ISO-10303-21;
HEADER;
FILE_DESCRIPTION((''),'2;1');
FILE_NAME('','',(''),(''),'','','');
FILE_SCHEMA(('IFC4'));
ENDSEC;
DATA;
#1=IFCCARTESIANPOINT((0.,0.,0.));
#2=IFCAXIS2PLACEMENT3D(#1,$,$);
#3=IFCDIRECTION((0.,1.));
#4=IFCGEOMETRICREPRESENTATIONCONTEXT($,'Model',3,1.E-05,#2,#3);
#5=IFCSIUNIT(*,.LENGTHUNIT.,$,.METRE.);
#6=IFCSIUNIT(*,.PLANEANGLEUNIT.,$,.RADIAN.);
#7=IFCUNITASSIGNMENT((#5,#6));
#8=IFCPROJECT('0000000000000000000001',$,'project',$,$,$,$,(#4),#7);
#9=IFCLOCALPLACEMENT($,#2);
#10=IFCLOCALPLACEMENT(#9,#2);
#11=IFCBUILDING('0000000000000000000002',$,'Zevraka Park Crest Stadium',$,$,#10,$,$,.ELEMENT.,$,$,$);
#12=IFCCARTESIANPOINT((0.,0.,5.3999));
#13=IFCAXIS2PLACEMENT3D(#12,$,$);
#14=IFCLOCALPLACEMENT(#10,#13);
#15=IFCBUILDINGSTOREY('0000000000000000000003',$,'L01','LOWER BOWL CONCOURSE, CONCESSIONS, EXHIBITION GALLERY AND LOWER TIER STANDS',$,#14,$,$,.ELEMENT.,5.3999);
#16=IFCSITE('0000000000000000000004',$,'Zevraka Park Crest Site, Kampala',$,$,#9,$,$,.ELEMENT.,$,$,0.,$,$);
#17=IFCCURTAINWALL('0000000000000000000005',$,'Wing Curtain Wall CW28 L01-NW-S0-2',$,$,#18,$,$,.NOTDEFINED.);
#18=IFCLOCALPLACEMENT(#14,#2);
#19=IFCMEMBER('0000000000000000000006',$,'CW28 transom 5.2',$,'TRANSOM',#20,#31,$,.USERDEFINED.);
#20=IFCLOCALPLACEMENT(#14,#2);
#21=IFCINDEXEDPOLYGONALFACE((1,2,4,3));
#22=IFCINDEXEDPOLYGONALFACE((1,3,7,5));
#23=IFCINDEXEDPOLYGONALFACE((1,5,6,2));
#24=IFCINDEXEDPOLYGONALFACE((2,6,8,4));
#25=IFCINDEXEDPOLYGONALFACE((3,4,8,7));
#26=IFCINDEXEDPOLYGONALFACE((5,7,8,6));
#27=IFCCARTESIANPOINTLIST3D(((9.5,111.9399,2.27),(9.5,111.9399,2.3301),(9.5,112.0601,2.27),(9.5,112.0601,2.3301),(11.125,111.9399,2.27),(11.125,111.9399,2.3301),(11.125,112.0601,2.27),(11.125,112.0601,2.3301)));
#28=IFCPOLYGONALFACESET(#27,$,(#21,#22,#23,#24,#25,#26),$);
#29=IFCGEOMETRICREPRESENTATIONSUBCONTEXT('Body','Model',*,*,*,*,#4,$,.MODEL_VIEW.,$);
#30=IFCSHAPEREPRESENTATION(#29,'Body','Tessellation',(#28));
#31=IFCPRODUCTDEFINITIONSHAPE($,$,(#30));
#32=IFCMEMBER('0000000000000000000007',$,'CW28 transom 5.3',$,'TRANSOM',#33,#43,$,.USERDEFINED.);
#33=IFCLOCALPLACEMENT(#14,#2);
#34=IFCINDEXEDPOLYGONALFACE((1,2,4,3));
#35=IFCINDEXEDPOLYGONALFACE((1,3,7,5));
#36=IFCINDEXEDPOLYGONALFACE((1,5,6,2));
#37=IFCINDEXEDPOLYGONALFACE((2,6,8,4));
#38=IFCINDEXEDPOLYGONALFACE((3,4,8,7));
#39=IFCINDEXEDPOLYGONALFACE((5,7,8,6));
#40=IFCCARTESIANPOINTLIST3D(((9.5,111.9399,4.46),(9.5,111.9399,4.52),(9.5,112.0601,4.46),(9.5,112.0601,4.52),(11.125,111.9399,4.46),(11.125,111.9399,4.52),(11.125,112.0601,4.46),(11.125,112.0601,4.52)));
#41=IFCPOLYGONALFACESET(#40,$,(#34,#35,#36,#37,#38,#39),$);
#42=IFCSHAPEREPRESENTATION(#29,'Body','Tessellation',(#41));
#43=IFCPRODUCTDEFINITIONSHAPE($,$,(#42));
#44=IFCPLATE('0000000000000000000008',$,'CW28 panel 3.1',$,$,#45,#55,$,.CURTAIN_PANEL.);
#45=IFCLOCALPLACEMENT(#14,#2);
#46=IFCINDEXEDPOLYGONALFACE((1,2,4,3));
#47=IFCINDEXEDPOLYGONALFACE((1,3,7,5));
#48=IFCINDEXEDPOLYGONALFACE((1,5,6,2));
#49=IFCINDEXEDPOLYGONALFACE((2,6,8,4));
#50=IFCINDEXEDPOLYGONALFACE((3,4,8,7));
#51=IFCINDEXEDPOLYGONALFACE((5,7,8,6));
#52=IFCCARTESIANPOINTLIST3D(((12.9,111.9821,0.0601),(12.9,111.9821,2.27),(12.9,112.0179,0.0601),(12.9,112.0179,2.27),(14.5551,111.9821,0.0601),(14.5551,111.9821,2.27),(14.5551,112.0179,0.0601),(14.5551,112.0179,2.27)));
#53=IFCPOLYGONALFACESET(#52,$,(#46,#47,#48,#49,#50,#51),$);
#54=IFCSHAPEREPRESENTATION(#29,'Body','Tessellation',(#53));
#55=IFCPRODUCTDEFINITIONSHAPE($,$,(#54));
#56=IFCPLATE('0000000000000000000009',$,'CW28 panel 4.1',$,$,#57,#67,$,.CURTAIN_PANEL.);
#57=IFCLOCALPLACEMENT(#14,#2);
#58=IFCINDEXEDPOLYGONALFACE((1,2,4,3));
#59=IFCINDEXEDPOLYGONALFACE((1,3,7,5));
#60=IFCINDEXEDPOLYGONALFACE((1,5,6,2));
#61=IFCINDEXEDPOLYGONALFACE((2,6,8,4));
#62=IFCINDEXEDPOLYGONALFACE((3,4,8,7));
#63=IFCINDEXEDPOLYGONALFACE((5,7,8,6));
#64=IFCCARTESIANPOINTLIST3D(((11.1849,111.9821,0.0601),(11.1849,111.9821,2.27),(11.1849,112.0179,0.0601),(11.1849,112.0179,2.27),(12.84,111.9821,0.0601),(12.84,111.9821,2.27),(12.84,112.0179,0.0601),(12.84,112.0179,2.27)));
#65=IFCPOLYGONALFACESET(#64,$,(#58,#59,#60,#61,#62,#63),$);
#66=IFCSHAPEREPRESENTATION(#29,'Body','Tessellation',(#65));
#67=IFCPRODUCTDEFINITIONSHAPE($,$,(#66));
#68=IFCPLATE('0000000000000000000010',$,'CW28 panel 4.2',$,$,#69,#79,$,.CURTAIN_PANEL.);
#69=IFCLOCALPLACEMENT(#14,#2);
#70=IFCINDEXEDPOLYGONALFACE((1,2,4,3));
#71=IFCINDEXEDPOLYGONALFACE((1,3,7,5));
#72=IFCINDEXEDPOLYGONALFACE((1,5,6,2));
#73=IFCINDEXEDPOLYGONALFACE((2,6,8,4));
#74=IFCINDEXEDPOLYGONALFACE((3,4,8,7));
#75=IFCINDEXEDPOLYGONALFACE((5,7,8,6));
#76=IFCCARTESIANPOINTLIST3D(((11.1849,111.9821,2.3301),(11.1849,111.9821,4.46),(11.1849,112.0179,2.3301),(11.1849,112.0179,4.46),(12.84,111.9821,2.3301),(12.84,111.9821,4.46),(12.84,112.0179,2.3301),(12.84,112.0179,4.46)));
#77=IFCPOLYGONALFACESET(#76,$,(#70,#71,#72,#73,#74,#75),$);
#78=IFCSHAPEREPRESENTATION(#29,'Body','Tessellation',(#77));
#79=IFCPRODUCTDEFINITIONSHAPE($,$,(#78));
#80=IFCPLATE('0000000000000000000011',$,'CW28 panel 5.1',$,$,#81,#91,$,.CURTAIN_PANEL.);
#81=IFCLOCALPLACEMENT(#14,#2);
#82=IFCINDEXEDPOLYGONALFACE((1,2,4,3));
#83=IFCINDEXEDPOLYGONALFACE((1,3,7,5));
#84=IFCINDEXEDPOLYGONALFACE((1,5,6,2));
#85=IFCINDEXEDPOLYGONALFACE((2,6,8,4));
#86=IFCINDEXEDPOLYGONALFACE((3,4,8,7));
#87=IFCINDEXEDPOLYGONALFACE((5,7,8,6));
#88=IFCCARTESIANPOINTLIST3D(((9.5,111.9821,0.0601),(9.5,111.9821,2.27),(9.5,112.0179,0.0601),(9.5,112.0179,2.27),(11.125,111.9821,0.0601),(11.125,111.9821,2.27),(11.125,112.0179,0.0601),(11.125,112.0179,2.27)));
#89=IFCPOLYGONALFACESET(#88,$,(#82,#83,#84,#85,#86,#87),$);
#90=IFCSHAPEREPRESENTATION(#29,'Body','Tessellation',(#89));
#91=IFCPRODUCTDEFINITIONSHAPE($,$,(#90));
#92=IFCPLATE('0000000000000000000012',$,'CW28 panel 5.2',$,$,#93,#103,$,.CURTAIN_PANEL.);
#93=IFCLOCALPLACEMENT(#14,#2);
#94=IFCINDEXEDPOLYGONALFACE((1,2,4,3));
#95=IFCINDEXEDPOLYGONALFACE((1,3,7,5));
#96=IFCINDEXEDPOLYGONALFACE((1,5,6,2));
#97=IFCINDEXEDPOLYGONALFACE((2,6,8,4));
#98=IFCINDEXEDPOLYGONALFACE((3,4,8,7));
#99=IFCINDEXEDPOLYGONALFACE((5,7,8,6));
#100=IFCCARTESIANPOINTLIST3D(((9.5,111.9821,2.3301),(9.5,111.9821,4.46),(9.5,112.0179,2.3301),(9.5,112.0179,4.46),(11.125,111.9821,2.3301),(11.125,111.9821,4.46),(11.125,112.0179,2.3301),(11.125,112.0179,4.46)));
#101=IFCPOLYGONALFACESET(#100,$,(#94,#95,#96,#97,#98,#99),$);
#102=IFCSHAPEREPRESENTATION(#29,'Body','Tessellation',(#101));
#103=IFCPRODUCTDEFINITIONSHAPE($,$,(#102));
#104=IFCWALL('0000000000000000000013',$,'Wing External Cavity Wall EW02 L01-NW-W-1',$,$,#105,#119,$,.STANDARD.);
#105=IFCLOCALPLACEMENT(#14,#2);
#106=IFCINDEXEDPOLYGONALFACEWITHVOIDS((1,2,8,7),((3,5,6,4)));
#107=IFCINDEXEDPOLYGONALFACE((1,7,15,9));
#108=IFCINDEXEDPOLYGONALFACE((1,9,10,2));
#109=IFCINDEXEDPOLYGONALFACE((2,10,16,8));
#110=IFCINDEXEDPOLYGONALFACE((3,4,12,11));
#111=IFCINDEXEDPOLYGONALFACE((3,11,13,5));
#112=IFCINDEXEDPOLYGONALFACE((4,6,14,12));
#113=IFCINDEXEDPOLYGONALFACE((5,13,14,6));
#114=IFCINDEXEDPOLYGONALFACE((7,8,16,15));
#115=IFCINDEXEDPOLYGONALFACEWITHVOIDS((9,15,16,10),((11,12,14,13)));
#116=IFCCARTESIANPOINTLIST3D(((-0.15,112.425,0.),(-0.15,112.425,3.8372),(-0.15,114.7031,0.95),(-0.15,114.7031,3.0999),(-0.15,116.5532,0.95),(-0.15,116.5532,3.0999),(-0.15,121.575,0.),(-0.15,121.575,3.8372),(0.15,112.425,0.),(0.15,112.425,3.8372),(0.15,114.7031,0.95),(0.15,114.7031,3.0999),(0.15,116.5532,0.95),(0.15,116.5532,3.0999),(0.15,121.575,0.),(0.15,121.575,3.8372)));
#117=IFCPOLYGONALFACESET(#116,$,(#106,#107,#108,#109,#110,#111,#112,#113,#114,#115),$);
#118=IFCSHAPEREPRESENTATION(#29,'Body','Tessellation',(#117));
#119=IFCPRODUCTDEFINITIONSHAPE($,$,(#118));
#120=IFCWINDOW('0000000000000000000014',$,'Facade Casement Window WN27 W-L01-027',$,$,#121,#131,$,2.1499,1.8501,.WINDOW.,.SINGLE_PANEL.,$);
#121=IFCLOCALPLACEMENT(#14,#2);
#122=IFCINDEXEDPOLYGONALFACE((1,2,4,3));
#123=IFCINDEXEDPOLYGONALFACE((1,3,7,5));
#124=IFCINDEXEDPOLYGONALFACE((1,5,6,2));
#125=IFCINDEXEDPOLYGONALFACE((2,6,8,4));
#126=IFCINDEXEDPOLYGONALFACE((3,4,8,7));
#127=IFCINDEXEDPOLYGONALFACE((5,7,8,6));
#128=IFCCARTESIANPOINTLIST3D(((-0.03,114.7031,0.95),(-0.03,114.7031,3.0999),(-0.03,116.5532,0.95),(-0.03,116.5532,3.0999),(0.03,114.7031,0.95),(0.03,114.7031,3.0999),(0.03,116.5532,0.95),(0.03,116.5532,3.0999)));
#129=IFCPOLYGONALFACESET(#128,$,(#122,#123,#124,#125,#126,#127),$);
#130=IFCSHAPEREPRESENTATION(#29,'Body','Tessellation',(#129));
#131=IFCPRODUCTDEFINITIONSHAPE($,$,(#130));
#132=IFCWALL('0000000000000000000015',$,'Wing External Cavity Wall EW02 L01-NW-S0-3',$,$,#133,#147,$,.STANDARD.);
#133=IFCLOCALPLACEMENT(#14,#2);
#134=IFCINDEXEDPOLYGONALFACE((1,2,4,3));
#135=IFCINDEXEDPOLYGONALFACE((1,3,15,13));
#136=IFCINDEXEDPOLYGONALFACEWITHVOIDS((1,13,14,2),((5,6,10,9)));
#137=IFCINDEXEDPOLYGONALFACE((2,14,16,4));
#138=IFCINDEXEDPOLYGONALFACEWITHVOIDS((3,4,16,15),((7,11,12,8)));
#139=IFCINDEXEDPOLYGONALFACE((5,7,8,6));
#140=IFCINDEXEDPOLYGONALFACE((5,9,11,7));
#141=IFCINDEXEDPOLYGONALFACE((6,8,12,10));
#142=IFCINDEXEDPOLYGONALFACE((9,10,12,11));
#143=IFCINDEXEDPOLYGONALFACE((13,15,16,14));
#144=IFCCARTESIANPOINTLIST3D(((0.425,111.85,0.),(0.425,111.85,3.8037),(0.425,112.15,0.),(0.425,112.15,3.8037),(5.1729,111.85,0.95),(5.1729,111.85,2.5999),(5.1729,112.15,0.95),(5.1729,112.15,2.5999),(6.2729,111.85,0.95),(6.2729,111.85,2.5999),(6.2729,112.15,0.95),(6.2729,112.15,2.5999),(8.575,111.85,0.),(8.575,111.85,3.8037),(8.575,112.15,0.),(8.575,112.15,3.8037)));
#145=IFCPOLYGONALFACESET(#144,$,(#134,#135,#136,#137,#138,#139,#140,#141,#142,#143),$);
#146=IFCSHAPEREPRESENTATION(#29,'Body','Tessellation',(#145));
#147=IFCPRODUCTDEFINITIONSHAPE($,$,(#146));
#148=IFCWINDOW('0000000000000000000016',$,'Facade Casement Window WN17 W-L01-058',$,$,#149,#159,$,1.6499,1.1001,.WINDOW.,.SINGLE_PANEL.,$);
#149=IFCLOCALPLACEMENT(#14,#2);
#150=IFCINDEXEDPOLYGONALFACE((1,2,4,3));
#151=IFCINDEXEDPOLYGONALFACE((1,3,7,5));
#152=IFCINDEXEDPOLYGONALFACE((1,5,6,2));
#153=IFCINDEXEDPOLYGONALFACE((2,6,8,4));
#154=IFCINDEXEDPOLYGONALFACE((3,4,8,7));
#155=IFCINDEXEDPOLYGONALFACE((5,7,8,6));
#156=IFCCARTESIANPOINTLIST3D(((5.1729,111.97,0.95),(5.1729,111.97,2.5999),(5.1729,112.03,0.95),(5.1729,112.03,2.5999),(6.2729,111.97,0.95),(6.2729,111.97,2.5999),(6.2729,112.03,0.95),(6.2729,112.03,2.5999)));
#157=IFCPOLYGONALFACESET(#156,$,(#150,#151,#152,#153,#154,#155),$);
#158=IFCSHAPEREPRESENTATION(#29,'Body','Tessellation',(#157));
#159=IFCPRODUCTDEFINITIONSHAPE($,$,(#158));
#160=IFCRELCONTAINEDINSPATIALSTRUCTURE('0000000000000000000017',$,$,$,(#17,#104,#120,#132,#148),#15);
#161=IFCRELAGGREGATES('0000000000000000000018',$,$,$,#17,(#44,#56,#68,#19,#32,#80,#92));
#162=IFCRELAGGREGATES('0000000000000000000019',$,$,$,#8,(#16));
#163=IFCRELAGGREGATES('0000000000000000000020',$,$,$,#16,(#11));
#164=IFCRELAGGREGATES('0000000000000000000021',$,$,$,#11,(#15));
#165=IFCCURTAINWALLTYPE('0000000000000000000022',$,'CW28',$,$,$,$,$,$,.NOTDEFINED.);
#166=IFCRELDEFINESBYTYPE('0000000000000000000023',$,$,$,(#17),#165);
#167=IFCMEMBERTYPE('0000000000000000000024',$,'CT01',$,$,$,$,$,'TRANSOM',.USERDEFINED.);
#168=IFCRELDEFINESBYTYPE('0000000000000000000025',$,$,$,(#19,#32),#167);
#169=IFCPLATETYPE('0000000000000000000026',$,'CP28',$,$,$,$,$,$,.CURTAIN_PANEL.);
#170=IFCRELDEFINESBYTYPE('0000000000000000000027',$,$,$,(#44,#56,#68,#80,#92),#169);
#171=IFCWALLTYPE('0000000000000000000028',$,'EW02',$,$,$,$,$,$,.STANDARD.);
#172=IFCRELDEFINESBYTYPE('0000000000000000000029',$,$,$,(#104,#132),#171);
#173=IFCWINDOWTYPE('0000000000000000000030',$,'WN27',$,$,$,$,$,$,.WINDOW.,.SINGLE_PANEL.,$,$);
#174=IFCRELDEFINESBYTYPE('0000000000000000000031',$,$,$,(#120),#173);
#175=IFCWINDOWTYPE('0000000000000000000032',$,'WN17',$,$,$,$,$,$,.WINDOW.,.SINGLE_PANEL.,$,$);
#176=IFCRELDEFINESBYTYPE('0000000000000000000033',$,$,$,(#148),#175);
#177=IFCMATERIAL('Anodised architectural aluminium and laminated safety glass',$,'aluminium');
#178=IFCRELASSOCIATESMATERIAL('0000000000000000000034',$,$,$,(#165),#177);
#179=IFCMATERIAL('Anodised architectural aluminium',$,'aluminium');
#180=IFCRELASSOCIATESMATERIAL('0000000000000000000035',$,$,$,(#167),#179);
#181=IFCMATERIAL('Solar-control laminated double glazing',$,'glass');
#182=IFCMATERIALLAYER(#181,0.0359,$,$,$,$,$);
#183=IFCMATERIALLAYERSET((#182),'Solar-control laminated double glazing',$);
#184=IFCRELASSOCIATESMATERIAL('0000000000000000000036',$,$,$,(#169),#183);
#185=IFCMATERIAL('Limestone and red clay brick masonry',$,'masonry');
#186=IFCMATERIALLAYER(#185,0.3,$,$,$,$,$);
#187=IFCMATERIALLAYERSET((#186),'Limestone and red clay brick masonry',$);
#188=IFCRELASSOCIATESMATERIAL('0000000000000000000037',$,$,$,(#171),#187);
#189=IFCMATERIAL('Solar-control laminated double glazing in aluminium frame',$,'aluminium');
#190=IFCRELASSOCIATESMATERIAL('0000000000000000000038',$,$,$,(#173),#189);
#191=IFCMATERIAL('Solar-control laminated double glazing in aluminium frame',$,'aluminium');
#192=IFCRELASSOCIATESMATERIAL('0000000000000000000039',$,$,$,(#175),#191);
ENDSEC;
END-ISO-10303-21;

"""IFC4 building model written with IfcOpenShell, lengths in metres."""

from ifc_helpers import new_model, si_unit, direction, frame, frame_2d, origin, origin_2d, place, context, subcontext, project, spatial, rectangle, extrude, material, layer, layer_set, material_profile, profile_set, type_object, element, fill, aggregate, save


model = new_model("IFC4")

# Units and contexts
model_context = context("Model", 3, precision=1e-05, world=origin(), true_north=direction((0.0, 1.0)))
body_context = subcontext(model_context, "Body", "Model", "MODEL_VIEW")
ifc_project = project(units=[si_unit("LENGTHUNIT", "METRE"), si_unit("PLANEANGLEUNIT", "RADIAN")], contexts=[model_context])

# Site, building, storey
site_placement = place(None, origin())
site = spatial("IfcSite", under=ifc_project, at=site_placement, Name="Zevraka Park Crest Site, Kampala", CompositionType="ELEMENT", RefElevation=0.0)
building_placement = place(site_placement, origin())
building = spatial("IfcBuilding", under=site, at=building_placement, Name="Zevraka Park Crest Stadium", CompositionType="ELEMENT")
storey_placement = place(building_placement, frame((0.0, 0.0, 5.3999)))
storey = spatial("IfcBuildingStorey", under=building, at=storey_placement, Name="L01", Description="LOWER BOWL CONCOURSE, CONCESSIONS, EXHIBITION GALLERY AND LOWER TIER STANDS", CompositionType="ELEMENT", Elevation=5.3999)

# Curtain wall, members, plates
ifc_material_1 = material(Name="Anodised architectural aluminium and laminated safety glass", Category="aluminium")
curtain_wall_type = type_object("IfcCurtainWallType", Name="CW28", PredefinedType="NOTDEFINED", material=ifc_material_1)
curtain_wall_placement = place(storey_placement, origin())
curtain_wall = element("IfcCurtainWall", 1, at=curtain_wall_placement, inside=storey, type_object=curtain_wall_type, Name="Wing Curtain Wall CW28 L01-NW-S0-2", PredefinedType="NOTDEFINED")
ifc_material_2 = material(Name="Anodised architectural aluminium", Category="aluminium")
ifc_material_profile_1 = material_profile(ifc_material_2, rectangle(XDim=0.1201, YDim=0.0601, at=origin_2d()), Name="ALU TRANSOM 120x60")
ifc_profile_set_1 = profile_set([ifc_material_profile_1], Name="Anodised architectural aluminium")
member_type_1 = type_object("IfcMemberType", Name="CT01", ElementType="TRANSOM", PredefinedType="USERDEFINED", material=ifc_profile_set_1)
member_1_placement = place(storey_placement, frame((11.125, 112.0, 2.3), z_axis=(-1.0, 0.0, 0.0), x_axis=(0.0, -1.0, 0.0)))
member_1 = element("IfcMember", 2, at=member_1_placement, type_object=member_type_1, Name="CW28 transom 5.2", ObjectType="TRANSOM", PredefinedType="USERDEFINED", context=body_context, shape_type="SweptSolid", body=[
    extrude(rectangle(XDim=0.1201, YDim=0.0601, at=origin_2d()), origin(), (0.0, 0.0, 1.0), 1.625),
])
member_2_placement = place(storey_placement, frame((11.125, 112.0, 4.49), z_axis=(-1.0, 0.0, 0.0), x_axis=(0.0, -1.0, 0.0)))
member_2 = element("IfcMember", 3, at=member_2_placement, type_object=member_type_1, Name="CW28 transom 5.3", ObjectType="TRANSOM", PredefinedType="USERDEFINED", context=body_context, shape_type="SweptSolid", body=[
    extrude(rectangle(XDim=0.1201, YDim=0.0601, at=origin_2d()), origin(), (0.0, 0.0, 1.0), 1.625),
])
ifc_material_3 = material(Name="Solar-control laminated double glazing", Category="glass")
ifc_layer_1 = layer(ifc_material_3, 0.0359)
ifc_layer_set_1 = layer_set([ifc_layer_1], Name="Solar-control laminated double glazing")
plate_type = type_object("IfcPlateType", Name="CP28", PredefinedType="CURTAIN_PANEL", material=ifc_layer_set_1)
plate_1_placement = place(storey_placement, frame((13.7275, 112.0, 0.0601), z_axis=(0.0, 0.0, 1.0), x_axis=(-1.0, 0.0, 0.0)))
plate_1 = element("IfcPlate", 4, at=plate_1_placement, type_object=plate_type, Name="CW28 panel 3.1", PredefinedType="CURTAIN_PANEL", context=body_context, shape_type="SweptSolid", body=[
    extrude(rectangle(XDim=1.655, YDim=0.0359, at=origin_2d()), origin(), (0.0, 0.0, 1.0), 2.21),
])
plate_2_placement = place(storey_placement, frame((12.0125, 112.0, 0.0601), z_axis=(0.0, 0.0, 1.0), x_axis=(-1.0, 0.0, 0.0)))
plate_2 = element("IfcPlate", 5, at=plate_2_placement, type_object=plate_type, Name="CW28 panel 4.1", PredefinedType="CURTAIN_PANEL", context=body_context, shape_type="SweptSolid", body=[
    extrude(rectangle(XDim=1.655, YDim=0.0359, at=origin_2d()), origin(), (0.0, 0.0, 1.0), 2.21),
])
plate_3_placement = place(storey_placement, frame((12.0125, 112.0, 2.3301), z_axis=(0.0, 0.0, 1.0), x_axis=(-1.0, 0.0, 0.0)))
plate_3 = element("IfcPlate", 6, at=plate_3_placement, type_object=plate_type, Name="CW28 panel 4.2", PredefinedType="CURTAIN_PANEL", context=body_context, shape_type="SweptSolid", body=[
    extrude(rectangle(XDim=1.655, YDim=0.0359, at=origin_2d()), origin(), (0.0, 0.0, 1.0), 2.1299),
])
plate_4_placement = place(storey_placement, frame((10.3125, 112.0, 0.0601), z_axis=(0.0, 0.0, 1.0), x_axis=(-1.0, 0.0, 0.0)))
plate_4 = element("IfcPlate", 7, at=plate_4_placement, type_object=plate_type, Name="CW28 panel 5.1", PredefinedType="CURTAIN_PANEL", context=body_context, shape_type="SweptSolid", body=[
    extrude(rectangle(XDim=1.625, YDim=0.0359, at=origin_2d()), origin(), (0.0, 0.0, 1.0), 2.21),
])
plate_5_placement = place(storey_placement, frame((10.3125, 112.0, 2.3301), z_axis=(0.0, 0.0, 1.0), x_axis=(-1.0, 0.0, 0.0)))
plate_5 = element("IfcPlate", 8, at=plate_5_placement, type_object=plate_type, Name="CW28 panel 5.2", PredefinedType="CURTAIN_PANEL", context=body_context, shape_type="SweptSolid", body=[
    extrude(rectangle(XDim=1.625, YDim=0.0359, at=origin_2d()), origin(), (0.0, 0.0, 1.0), 2.1299),
])
aggregate(curtain_wall, [plate_1, plate_2, plate_3, member_1, member_2, plate_4, plate_5])

# Walls, openings, windows
ifc_material_4 = material(Name="Limestone and red clay brick masonry", Category="masonry")
ifc_layer_2 = layer(ifc_material_4, 0.3)
ifc_layer_set_2 = layer_set([ifc_layer_2], Name="Limestone and red clay brick masonry")
wall_type = type_object("IfcWallType", Name="EW02", PredefinedType="STANDARD", material=ifc_layer_set_2)
wall_1_placement = place(storey_placement, frame((0.0, 112.425, 0.0), z_axis=(0.0, 0.0, 1.0), x_axis=(0.0, 1.0, 0.0)))
wall_1 = element("IfcWall", 9, at=wall_1_placement, inside=storey, type_object=wall_type, Name="Wing External Cavity Wall EW02 L01-NW-W-1", PredefinedType="STANDARD", context=body_context, shape_type="SweptSolid", body=[
    extrude(rectangle(XDim=9.1499, YDim=0.3, at=frame_2d((4.575, 0.0))), origin(), (0.0, 0.0, 1.0), 3.8372),
])
opening_1_placement = place(wall_1_placement, frame((2.2781, 0.0, 0.95)))
opening_1 = element("IfcOpeningElement", 10, at=opening_1_placement, cuts=wall_1, PredefinedType="OPENING", context=body_context, shape_type="SweptSolid", body=[
    extrude(rectangle(XDim=1.8501, YDim=2.1499, at=frame_2d((0.925, 1.075))), frame((0.0, 0.1599, 0.0), z_axis=(0.0, -1.0, 0.0), x_axis=(1.0, 0.0, 0.0)), (0.0, 0.0, 1.0), 0.3201),
])
ifc_material_5 = material(Name="Solar-control laminated double glazing in aluminium frame", Category="aluminium")
window_type_1 = type_object("IfcWindowType", Name="WN27", PartitioningType="SINGLE_PANEL", PredefinedType="WINDOW", material=ifc_material_5)
window_1_placement = place(opening_1_placement, origin())
window_1 = element("IfcWindow", 11, at=window_1_placement, inside=storey, type_object=window_type_1, Name="Facade Casement Window WN27 W-L01-027", OverallHeight=2.1499, OverallWidth=1.8501, PartitioningType="SINGLE_PANEL", PredefinedType="WINDOW", context=body_context, shape_type="SweptSolid", body=[
    extrude(rectangle(XDim=1.8501, YDim=2.1499, at=frame_2d((0.925, 1.075))), frame((0.0, 0.03, 0.0), z_axis=(0.0, -1.0, 0.0), x_axis=(1.0, 0.0, 0.0)), (0.0, 0.0, 1.0), 0.0601),
])
fill(opening_1, window_1)
wall_2_placement = place(storey_placement, frame((8.575, 112.0, 0.0), z_axis=(0.0, 0.0, 1.0), x_axis=(-1.0, 0.0, 0.0)))
wall_2 = element("IfcWall", 12, at=wall_2_placement, inside=storey, type_object=wall_type, Name="Wing External Cavity Wall EW02 L01-NW-S0-3", PredefinedType="STANDARD", context=body_context, shape_type="SweptSolid", body=[
    extrude(rectangle(XDim=8.1499, YDim=0.3, at=frame_2d((4.075, 0.0))), origin(), (0.0, 0.0, 1.0), 3.8037),
])
opening_2_placement = place(wall_2_placement, frame((2.302, 0.0, 0.95)))
opening_2 = element("IfcOpeningElement", 13, at=opening_2_placement, cuts=wall_2, PredefinedType="OPENING", context=body_context, shape_type="SweptSolid", body=[
    extrude(rectangle(XDim=1.1001, YDim=1.6499, at=frame_2d((0.55, 0.825))), frame((0.0, 0.1599, 0.0), z_axis=(0.0, -1.0, 0.0), x_axis=(1.0, 0.0, 0.0)), (0.0, 0.0, 1.0), 0.3201),
])
ifc_material_6 = material(Name="Solar-control laminated double glazing in aluminium frame", Category="aluminium")
window_type_2 = type_object("IfcWindowType", Name="WN17", PartitioningType="SINGLE_PANEL", PredefinedType="WINDOW", material=ifc_material_6)
window_2_placement = place(opening_2_placement, origin())
window_2 = element("IfcWindow", 14, at=window_2_placement, inside=storey, type_object=window_type_2, Name="Facade Casement Window WN17 W-L01-058", OverallHeight=1.6499, OverallWidth=1.1001, PartitioningType="SINGLE_PANEL", PredefinedType="WINDOW", context=body_context, shape_type="SweptSolid", body=[
    extrude(rectangle(XDim=1.1001, YDim=1.6499, at=frame_2d((0.55, 0.825))), frame((0.0, 0.03, 0.0), z_axis=(0.0, -1.0, 0.0), x_axis=(1.0, 0.0, 0.0)), (0.0, 0.0, 1.0), 0.0601),
])
fill(opening_2, window_2)

save(model, "model.ifc")
